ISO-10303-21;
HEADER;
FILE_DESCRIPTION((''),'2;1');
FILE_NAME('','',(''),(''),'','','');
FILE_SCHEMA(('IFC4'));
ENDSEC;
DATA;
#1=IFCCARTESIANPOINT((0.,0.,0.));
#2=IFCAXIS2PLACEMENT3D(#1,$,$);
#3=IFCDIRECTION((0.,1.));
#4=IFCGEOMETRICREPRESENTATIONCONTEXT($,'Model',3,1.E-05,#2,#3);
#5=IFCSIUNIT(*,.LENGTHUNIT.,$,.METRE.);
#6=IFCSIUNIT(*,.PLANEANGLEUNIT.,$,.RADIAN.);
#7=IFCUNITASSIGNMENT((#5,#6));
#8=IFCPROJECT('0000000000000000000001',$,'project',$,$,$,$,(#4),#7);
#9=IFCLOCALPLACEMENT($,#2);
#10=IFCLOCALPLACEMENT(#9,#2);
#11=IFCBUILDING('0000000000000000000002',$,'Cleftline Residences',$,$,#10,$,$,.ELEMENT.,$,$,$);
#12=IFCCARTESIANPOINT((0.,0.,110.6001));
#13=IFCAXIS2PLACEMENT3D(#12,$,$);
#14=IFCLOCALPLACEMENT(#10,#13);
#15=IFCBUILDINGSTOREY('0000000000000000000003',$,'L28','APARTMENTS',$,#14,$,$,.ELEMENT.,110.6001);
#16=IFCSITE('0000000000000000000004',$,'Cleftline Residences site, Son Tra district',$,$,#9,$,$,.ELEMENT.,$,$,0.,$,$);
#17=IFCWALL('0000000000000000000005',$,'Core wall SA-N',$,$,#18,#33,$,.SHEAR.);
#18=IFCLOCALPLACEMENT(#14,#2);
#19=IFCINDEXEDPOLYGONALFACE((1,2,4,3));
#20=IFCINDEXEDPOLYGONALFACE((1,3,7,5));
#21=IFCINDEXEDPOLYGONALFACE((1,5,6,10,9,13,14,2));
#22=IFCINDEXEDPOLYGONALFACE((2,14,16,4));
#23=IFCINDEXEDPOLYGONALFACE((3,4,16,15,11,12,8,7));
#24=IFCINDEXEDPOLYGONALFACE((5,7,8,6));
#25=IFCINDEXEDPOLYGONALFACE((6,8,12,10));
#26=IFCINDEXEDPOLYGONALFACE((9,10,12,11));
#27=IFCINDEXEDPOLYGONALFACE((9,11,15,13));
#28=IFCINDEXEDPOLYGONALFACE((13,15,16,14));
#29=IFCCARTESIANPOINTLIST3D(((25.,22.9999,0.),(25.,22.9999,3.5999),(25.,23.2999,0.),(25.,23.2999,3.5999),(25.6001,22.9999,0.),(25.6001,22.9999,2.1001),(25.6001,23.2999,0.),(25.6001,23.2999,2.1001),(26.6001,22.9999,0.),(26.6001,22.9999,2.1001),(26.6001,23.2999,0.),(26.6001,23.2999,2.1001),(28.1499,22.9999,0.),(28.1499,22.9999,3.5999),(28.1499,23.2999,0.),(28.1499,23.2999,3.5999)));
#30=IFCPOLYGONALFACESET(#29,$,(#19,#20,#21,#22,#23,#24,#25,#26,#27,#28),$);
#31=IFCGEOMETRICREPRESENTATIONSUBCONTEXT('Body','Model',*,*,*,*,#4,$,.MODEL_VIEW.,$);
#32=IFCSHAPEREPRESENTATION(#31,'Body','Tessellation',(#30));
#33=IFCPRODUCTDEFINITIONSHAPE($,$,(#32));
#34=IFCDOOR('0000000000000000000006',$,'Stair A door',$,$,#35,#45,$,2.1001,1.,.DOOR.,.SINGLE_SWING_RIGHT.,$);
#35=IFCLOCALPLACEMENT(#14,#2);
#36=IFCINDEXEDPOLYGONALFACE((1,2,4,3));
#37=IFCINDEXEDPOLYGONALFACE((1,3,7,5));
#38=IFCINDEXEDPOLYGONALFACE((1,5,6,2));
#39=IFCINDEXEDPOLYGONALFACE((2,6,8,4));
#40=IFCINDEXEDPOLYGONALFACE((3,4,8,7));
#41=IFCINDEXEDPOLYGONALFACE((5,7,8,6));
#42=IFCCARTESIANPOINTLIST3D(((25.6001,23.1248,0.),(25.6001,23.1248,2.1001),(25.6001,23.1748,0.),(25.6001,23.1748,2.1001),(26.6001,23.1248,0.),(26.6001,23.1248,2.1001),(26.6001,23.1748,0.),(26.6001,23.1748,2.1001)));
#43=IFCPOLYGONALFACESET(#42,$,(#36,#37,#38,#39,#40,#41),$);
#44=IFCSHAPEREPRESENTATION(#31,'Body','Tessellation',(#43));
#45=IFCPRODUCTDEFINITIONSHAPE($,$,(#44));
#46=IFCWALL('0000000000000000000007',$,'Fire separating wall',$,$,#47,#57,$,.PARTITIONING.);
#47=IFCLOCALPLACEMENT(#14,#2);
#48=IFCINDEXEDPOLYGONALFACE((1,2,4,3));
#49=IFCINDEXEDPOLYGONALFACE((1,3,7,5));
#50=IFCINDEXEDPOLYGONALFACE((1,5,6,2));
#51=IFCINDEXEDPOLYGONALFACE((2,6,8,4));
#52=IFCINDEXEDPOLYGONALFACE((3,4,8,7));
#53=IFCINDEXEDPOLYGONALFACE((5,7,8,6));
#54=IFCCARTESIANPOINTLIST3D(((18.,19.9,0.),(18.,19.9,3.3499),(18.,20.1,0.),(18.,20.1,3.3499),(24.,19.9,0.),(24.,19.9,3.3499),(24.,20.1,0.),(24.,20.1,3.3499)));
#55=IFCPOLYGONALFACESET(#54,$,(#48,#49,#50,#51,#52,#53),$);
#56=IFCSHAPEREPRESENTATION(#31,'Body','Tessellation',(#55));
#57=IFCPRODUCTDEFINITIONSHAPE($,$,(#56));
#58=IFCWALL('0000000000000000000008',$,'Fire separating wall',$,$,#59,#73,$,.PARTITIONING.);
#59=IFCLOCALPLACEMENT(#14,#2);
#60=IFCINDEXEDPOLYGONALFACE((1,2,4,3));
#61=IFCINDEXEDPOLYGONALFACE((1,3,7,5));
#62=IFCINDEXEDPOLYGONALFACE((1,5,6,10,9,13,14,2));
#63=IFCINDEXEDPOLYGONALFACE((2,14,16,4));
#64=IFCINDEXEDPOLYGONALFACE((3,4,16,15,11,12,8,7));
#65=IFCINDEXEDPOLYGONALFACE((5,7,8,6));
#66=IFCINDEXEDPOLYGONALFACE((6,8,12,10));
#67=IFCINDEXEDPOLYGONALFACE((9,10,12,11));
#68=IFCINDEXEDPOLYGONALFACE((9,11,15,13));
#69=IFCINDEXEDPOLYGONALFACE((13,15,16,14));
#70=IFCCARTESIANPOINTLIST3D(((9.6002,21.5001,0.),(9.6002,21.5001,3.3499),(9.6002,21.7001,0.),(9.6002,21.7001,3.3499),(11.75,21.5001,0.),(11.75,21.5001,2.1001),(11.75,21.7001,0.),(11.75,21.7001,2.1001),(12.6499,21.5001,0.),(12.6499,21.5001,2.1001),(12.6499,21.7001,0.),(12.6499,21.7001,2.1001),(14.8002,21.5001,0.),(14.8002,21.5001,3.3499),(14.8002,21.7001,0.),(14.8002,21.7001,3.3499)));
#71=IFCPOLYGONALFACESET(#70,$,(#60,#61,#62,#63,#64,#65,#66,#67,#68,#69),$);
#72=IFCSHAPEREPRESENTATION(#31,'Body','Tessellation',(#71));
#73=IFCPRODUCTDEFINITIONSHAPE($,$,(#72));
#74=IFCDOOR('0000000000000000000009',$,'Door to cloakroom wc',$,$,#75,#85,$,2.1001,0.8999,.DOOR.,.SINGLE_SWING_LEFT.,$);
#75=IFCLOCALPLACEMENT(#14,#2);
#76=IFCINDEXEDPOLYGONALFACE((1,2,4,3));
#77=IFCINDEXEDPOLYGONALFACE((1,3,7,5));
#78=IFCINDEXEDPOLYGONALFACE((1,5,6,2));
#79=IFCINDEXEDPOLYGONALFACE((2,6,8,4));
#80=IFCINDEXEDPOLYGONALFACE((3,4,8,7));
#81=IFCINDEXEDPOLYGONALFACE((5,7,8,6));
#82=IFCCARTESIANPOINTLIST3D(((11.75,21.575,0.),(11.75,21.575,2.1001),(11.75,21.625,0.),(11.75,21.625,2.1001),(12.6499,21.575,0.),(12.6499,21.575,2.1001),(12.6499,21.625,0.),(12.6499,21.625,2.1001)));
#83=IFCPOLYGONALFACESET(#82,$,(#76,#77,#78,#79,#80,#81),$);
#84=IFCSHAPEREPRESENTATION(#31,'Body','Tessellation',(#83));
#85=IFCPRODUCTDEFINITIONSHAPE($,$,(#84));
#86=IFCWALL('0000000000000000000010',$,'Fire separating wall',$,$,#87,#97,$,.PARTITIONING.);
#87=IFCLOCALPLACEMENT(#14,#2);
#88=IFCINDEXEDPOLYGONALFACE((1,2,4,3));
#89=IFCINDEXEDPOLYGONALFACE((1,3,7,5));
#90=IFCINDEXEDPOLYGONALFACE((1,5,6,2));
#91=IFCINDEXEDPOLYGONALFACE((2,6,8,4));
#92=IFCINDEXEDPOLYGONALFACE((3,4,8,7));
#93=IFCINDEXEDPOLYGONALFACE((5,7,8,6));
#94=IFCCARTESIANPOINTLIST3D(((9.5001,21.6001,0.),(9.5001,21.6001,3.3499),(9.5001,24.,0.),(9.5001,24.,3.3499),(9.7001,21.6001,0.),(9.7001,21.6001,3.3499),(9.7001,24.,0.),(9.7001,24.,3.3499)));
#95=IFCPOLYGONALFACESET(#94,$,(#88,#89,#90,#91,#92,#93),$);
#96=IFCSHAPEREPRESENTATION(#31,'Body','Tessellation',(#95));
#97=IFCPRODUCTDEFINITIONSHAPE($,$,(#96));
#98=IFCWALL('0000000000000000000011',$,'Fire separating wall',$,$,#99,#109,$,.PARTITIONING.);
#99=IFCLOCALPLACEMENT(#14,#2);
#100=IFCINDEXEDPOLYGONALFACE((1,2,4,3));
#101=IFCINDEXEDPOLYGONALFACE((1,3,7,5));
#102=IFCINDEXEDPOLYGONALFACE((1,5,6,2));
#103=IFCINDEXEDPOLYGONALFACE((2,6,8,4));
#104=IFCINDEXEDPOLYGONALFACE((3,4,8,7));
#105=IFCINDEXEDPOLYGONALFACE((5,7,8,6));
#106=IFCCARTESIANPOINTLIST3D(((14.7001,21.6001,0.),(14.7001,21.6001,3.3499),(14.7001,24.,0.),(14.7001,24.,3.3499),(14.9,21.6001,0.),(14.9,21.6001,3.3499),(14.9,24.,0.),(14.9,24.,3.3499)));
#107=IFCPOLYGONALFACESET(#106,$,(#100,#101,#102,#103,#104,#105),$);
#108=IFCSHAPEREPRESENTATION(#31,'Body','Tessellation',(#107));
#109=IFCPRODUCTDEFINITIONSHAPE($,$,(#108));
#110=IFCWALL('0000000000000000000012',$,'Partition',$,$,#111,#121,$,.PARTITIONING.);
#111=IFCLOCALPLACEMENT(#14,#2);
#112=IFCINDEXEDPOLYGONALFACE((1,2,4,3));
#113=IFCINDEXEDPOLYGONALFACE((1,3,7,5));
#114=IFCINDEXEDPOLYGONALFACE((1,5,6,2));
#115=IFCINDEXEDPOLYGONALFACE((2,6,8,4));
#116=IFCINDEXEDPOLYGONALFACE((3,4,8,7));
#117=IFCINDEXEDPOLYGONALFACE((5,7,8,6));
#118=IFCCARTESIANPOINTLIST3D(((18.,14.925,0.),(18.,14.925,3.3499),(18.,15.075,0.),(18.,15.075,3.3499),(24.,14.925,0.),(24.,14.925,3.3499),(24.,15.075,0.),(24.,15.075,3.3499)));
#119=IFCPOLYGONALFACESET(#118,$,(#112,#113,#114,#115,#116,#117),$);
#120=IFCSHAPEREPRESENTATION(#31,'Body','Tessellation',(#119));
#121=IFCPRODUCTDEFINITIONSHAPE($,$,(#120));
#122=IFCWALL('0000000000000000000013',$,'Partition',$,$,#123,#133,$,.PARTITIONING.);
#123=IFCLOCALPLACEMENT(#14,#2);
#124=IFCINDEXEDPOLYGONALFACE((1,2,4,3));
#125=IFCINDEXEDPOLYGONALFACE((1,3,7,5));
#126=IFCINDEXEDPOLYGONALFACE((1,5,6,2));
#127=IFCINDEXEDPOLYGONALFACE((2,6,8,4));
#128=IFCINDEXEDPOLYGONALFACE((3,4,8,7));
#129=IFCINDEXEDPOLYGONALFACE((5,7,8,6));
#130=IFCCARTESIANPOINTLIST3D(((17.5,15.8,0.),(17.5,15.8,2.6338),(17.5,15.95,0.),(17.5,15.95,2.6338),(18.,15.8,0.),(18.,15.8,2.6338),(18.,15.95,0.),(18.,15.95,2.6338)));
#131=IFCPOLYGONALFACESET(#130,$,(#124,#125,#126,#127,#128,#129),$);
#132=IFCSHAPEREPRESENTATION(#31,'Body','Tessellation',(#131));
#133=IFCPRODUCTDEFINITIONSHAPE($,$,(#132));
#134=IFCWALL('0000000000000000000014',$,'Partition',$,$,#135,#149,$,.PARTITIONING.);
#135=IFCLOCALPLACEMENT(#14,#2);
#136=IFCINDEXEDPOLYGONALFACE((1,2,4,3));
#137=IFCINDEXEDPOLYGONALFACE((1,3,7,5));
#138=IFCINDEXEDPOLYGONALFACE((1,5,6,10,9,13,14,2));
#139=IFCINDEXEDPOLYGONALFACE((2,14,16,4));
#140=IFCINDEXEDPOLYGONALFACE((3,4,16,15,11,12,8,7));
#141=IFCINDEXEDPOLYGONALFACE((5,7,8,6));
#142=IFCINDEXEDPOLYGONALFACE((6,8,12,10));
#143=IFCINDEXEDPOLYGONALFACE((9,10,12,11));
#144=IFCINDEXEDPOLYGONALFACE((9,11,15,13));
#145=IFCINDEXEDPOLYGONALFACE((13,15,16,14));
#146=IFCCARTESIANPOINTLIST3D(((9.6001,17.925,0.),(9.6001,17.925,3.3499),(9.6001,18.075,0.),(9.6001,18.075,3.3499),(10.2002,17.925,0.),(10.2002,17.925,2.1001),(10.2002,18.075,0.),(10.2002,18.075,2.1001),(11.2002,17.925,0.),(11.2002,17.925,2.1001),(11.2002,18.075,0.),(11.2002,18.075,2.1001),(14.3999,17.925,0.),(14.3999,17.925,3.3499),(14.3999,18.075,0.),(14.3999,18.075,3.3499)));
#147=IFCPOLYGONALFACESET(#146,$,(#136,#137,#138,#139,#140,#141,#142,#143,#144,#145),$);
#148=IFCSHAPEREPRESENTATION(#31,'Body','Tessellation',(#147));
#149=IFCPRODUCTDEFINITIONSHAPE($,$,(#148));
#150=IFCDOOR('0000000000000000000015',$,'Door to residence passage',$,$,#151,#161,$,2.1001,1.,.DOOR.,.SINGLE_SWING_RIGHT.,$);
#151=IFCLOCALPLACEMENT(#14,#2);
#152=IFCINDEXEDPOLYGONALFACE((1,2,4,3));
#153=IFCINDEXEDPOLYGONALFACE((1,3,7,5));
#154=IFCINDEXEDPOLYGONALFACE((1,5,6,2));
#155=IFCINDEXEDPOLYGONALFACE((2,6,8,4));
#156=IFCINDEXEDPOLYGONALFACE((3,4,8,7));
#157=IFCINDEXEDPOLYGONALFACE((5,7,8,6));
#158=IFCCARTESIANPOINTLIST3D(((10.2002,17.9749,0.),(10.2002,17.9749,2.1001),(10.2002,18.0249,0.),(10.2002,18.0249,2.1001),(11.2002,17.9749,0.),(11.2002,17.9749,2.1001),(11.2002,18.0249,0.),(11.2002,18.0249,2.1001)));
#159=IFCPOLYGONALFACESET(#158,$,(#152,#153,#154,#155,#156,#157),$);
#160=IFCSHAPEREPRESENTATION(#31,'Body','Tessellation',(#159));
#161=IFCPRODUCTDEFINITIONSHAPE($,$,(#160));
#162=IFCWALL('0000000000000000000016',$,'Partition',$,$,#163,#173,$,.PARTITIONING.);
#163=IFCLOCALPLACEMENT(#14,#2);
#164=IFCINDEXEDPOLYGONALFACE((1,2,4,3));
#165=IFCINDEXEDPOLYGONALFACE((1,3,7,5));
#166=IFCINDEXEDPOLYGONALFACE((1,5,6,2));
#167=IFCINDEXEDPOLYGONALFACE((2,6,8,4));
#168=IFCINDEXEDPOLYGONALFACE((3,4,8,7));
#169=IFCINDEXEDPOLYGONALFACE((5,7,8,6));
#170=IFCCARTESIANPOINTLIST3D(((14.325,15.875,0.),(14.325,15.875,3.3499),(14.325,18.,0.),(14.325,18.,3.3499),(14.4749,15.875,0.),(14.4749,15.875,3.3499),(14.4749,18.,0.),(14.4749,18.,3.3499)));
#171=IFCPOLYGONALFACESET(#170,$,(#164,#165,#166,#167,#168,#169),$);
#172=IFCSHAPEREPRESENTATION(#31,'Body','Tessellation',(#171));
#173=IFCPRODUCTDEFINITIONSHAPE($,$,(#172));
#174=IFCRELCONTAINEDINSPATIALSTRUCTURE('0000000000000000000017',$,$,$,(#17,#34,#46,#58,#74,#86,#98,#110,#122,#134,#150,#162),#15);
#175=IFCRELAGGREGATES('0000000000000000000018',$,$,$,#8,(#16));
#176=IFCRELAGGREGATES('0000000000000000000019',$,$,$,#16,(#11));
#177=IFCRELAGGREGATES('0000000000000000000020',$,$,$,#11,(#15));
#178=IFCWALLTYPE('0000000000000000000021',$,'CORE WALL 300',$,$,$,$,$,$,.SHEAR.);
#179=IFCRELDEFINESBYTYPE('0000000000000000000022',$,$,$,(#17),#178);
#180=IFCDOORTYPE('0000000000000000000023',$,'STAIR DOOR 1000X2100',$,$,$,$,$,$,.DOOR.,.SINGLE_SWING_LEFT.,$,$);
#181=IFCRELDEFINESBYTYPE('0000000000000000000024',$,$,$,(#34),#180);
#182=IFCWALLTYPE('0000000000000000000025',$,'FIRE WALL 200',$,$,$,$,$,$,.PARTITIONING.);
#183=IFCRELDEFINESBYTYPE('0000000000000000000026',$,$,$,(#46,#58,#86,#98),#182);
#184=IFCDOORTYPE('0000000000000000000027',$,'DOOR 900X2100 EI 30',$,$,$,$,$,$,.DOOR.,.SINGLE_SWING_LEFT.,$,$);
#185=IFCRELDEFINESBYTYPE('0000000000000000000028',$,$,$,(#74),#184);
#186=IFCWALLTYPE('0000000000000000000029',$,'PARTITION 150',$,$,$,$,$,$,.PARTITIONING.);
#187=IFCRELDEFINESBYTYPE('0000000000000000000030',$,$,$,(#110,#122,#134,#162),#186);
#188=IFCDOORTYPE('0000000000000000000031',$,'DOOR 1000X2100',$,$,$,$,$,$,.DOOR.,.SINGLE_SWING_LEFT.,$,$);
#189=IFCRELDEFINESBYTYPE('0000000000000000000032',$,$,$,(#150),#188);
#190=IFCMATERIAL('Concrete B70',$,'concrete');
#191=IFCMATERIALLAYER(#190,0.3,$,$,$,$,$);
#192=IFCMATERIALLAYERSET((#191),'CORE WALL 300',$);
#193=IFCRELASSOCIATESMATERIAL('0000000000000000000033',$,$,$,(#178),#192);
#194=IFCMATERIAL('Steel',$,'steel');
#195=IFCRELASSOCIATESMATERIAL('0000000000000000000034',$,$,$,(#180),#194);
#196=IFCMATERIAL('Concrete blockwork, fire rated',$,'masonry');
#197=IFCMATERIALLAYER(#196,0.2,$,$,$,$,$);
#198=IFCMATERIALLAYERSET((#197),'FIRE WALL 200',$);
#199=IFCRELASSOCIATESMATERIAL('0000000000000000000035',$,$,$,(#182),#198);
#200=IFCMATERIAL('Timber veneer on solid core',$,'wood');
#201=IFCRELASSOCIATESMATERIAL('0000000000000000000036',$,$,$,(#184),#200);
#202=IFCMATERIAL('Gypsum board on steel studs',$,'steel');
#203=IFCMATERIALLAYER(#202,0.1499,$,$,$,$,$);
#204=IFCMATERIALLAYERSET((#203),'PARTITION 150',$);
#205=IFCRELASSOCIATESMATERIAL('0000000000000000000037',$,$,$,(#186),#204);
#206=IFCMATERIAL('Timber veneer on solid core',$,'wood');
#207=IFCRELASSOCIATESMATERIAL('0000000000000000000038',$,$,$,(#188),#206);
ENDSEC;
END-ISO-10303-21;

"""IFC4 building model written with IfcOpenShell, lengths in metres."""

from ifc_helpers import new_model, si_unit, direction, frame, frame_2d, origin, place, context, subcontext, project, spatial, rectangle, extrude, material, layer, layer_set, type_object, element, fill, save


model = new_model("IFC4")

# Units and contexts
model_context = context("Model", 3, precision=1e-05, world=origin(), true_north=direction((0.0, 1.0)))
body_context = subcontext(model_context, "Body", "Model", "MODEL_VIEW")
ifc_project = project(units=[si_unit("LENGTHUNIT", "METRE"), si_unit("PLANEANGLEUNIT", "RADIAN")], contexts=[model_context])

# Site, building, storey
site_placement = place(None, origin())
site = spatial("IfcSite", under=ifc_project, at=site_placement, Name="Cleftline Residences site, Son Tra district", CompositionType="ELEMENT", RefElevation=0.0)
building_placement = place(site_placement, origin())
building = spatial("IfcBuilding", under=site, at=building_placement, Name="Cleftline Residences", CompositionType="ELEMENT")
storey_placement = place(building_placement, frame((0.0, 0.0, 110.6001)))
storey = spatial("IfcBuildingStorey", under=building, at=storey_placement, Name="L28", Description="APARTMENTS", CompositionType="ELEMENT", Elevation=110.6001)

# Wall, opening, door
ifc_material_1 = material(Name="Concrete B70", Category="concrete")
ifc_layer_1 = layer(ifc_material_1, 0.3)
ifc_layer_set_1 = layer_set([ifc_layer_1], Name="CORE WALL 300")
wall_type_1 = type_object("IfcWallType", Name="CORE WALL 300", PredefinedType="SHEAR", material=ifc_layer_set_1)
wall_1_placement = place(storey_placement, frame((25.0, 23.1499, 0.0), z_axis=(0.0, 0.0, 1.0), x_axis=(1.0, 0.0, 0.0)))
wall_1 = element("IfcWall", 1, at=wall_1_placement, inside=storey, type_object=wall_type_1, Name="Core wall SA-N", PredefinedType="SHEAR", context=body_context, shape_type="SweptSolid", body=[
    extrude(rectangle(XDim=3.1499, YDim=0.3, at=frame_2d((1.575, 0.0))), origin(), (0.0, 0.0, 1.0), 3.5999),
])
opening_1_placement = place(wall_1_placement, frame((0.6001, 0.0, 0.0)))
opening_1 = element("IfcOpeningElement", 2, at=opening_1_placement, cuts=wall_1, PredefinedType="OPENING", context=body_context, shape_type="SweptSolid", body=[
    extrude(rectangle(XDim=1.0, YDim=2.1001, at=frame_2d((0.5, 1.05))), frame((0.0, 0.1599, 0.0), z_axis=(0.0, -1.0, 0.0), x_axis=(1.0, 0.0, 0.0)), (0.0, 0.0, 1.0), 0.3201),
])
ifc_material_2 = material(Name="Steel", Category="steel")
door_type_1 = type_object("IfcDoorType", Name="STAIR DOOR 1000X2100", OperationType="SINGLE_SWING_LEFT", PredefinedType="DOOR", material=ifc_material_2)
door_1_placement = place(opening_1_placement, origin())
door_1 = element("IfcDoor", 3, at=door_1_placement, inside=storey, type_object=door_type_1, Name="Stair A door", OperationType="SINGLE_SWING_RIGHT", OverallHeight=2.1001, OverallWidth=1.0, PredefinedType="DOOR", context=body_context, shape_type="SweptSolid", body=[
    extrude(rectangle(XDim=1.0, YDim=2.1001, at=frame_2d((0.5, 1.05))), frame((0.0, 0.0249, 0.0), z_axis=(0.0, -1.0, 0.0), x_axis=(1.0, 0.0, 0.0)), (0.0, 0.0, 1.0), 0.05),
])
fill(opening_1, door_1)

# Wall
ifc_material_3 = material(Name="Concrete blockwork, fire rated", Category="masonry")
ifc_layer_2 = layer(ifc_material_3, 0.2)
ifc_layer_set_2 = layer_set([ifc_layer_2], Name="FIRE WALL 200")
wall_type_2 = type_object("IfcWallType", Name="FIRE WALL 200", PredefinedType="PARTITIONING", material=ifc_layer_set_2)
wall_2_placement = place(storey_placement, frame((18.0, 20.0, 0.0), z_axis=(0.0, 0.0, 1.0), x_axis=(1.0, 0.0, 0.0)))
element("IfcWall", 4, at=wall_2_placement, inside=storey, type_object=wall_type_2, Name="Fire separating wall", PredefinedType="PARTITIONING", context=body_context, shape_type="SweptSolid", body=[
    extrude(rectangle(XDim=6.0, YDim=0.2, at=frame_2d((3.0, 0.0))), origin(), (0.0, 0.0, 1.0), 3.3499),
])

# Wall, opening, door
wall_3_placement = place(storey_placement, frame((9.6001, 21.6001, 0.0), z_axis=(0.0, 0.0, 1.0), x_axis=(1.0, 0.0, 0.0)))
wall_3 = element("IfcWall", 5, at=wall_3_placement, inside=storey, type_object=wall_type_2, Name="Fire separating wall", PredefinedType="PARTITIONING", context=body_context, shape_type="SweptSolid", body=[
    extrude(rectangle(XDim=5.2, YDim=0.2, at=frame_2d((2.6001, 0.0))), origin(), (0.0, 0.0, 1.0), 3.3499),
])
opening_2_placement = place(wall_3_placement, frame((2.1499, 0.0, 0.0)))
opening_2 = element("IfcOpeningElement", 6, at=opening_2_placement, cuts=wall_3, PredefinedType="OPENING", context=body_context, shape_type="SweptSolid", body=[
    extrude(rectangle(XDim=0.8999, YDim=2.1001, at=frame_2d((0.45, 1.05))), frame((0.0, 0.1099, 0.0), z_axis=(0.0, -1.0, 0.0), x_axis=(1.0, 0.0, 0.0)), (0.0, 0.0, 1.0), 0.22),
])
ifc_material_4 = material(Name="Timber veneer on solid core", Category="wood")
door_type_2 = type_object("IfcDoorType", Name="DOOR 900X2100 EI 30", OperationType="SINGLE_SWING_LEFT", PredefinedType="DOOR", material=ifc_material_4)
door_2_placement = place(opening_2_placement, origin())
door_2 = element("IfcDoor", 7, at=door_2_placement, inside=storey, type_object=door_type_2, Name="Door to cloakroom wc", OperationType="SINGLE_SWING_LEFT", OverallHeight=2.1001, OverallWidth=0.8999, PredefinedType="DOOR", context=body_context, shape_type="SweptSolid", body=[
    extrude(rectangle(XDim=0.8999, YDim=2.1001, at=frame_2d((0.45, 1.05))), frame((0.0, 0.0249, 0.0), z_axis=(0.0, -1.0, 0.0), x_axis=(1.0, 0.0, 0.0)), (0.0, 0.0, 1.0), 0.05),
])
fill(opening_2, door_2)

# Walls
for number, where, z_axis, x_axis, name in (
    (8, (9.6001, 21.6001, 0.0), (0.0, 0.0, 1.0), (0.0, 1.0, 0.0), "Fire separating wall"),
    (9, (14.8, 21.6001, 0.0), (0.0, 0.0, 1.0), (0.0, 1.0, 0.0), "Fire separating wall"),
):
    element("IfcWall", number, at=place(storey_placement, frame(where, z_axis=z_axis, x_axis=x_axis)), inside=storey, type_object=wall_type_2, Name=name, PredefinedType="PARTITIONING", context=body_context, shape_type="SweptSolid", body=[
        extrude(rectangle(XDim=2.3999, YDim=0.2, at=frame_2d((1.2, 0.0))), origin(), (0.0, 0.0, 1.0), 3.3499),
    ])

# Walls
ifc_material_5 = material(Name="Gypsum board on steel studs", Category="steel")
ifc_layer_3 = layer(ifc_material_5, 0.1499)
ifc_layer_set_3 = layer_set([ifc_layer_3], Name="PARTITION 150")
wall_type_3 = type_object("IfcWallType", Name="PARTITION 150", PredefinedType="PARTITIONING", material=ifc_layer_set_3)
wall_4_placement = place(storey_placement, frame((18.0, 15.0, 0.0), z_axis=(0.0, 0.0, 1.0), x_axis=(1.0, 0.0, 0.0)))
element("IfcWall", 10, at=wall_4_placement, inside=storey, type_object=wall_type_3, Name="Partition", PredefinedType="PARTITIONING", context=body_context, shape_type="SweptSolid", body=[
    extrude(rectangle(XDim=6.0, YDim=0.1499, at=frame_2d((3.0, 0.0))), origin(), (0.0, 0.0, 1.0), 3.3499),
])
wall_5_placement = place(storey_placement, frame((17.5, 15.875, 0.0), z_axis=(0.0, 0.0, 1.0), x_axis=(1.0, 0.0, 0.0)))
element("IfcWall", 11, at=wall_5_placement, inside=storey, type_object=wall_type_3, Name="Partition", PredefinedType="PARTITIONING", context=body_context, shape_type="SweptSolid", body=[
    extrude(rectangle(XDim=0.5, YDim=0.1499, at=frame_2d((0.25, 0.0))), origin(), (0.0, 0.0, 1.0), 2.6338),
])

# Wall, opening, door
wall_6_placement = place(storey_placement, frame((9.6001, 18.0, 0.0), z_axis=(0.0, 0.0, 1.0), x_axis=(1.0, 0.0, 0.0)))
wall_6 = element("IfcWall", 12, at=wall_6_placement, inside=storey, type_object=wall_type_3, Name="Partition", PredefinedType="PARTITIONING", context=body_context, shape_type="SweptSolid", body=[
    extrude(rectangle(XDim=4.7998, YDim=0.1499, at=frame_2d((2.3999, 0.0))), origin(), (0.0, 0.0, 1.0), 3.3499),
])
opening_3_placement = place(wall_6_placement, frame((0.6001, 0.0, 0.0)))
opening_3 = element("IfcOpeningElement", 13, at=opening_3_placement, cuts=wall_6, PredefinedType="OPENING", context=body_context, shape_type="SweptSolid", body=[
    extrude(rectangle(XDim=1.0, YDim=2.1001, at=frame_2d((0.5, 1.05))), frame((0.0, 0.085, 0.0), z_axis=(0.0, -1.0, 0.0), x_axis=(1.0, 0.0, 0.0)), (0.0, 0.0, 1.0), 0.1699),
])
ifc_material_6 = material(Name="Timber veneer on solid core", Category="wood")
door_type_3 = type_object("IfcDoorType", Name="DOOR 1000X2100", OperationType="SINGLE_SWING_LEFT", PredefinedType="DOOR", material=ifc_material_6)
door_3_placement = place(opening_3_placement, origin())
door_3 = element("IfcDoor", 14, at=door_3_placement, inside=storey, type_object=door_type_3, Name="Door to residence passage", OperationType="SINGLE_SWING_RIGHT", OverallHeight=2.1001, OverallWidth=1.0, PredefinedType="DOOR", context=body_context, shape_type="SweptSolid", body=[
    extrude(rectangle(XDim=1.0, YDim=2.1001, at=frame_2d((0.5, 1.05))), frame((0.0, 0.0249, 0.0), z_axis=(0.0, -1.0, 0.0), x_axis=(1.0, 0.0, 0.0)), (0.0, 0.0, 1.0), 0.05),
])
fill(opening_3, door_3)

# Wall
wall_7_placement = place(storey_placement, frame((14.3999, 15.875, 0.0), z_axis=(0.0, 0.0, 1.0), x_axis=(0.0, 1.0, 0.0)))
element("IfcWall", 15, at=wall_7_placement, inside=storey, type_object=wall_type_3, Name="Partition", PredefinedType="PARTITIONING", context=body_context, shape_type="SweptSolid", body=[
    extrude(rectangle(XDim=2.125, YDim=0.1499, at=frame_2d((1.0625, 0.0))), origin(), (0.0, 0.0, 1.0), 3.3499),
])

save(model, "model.ifc")
